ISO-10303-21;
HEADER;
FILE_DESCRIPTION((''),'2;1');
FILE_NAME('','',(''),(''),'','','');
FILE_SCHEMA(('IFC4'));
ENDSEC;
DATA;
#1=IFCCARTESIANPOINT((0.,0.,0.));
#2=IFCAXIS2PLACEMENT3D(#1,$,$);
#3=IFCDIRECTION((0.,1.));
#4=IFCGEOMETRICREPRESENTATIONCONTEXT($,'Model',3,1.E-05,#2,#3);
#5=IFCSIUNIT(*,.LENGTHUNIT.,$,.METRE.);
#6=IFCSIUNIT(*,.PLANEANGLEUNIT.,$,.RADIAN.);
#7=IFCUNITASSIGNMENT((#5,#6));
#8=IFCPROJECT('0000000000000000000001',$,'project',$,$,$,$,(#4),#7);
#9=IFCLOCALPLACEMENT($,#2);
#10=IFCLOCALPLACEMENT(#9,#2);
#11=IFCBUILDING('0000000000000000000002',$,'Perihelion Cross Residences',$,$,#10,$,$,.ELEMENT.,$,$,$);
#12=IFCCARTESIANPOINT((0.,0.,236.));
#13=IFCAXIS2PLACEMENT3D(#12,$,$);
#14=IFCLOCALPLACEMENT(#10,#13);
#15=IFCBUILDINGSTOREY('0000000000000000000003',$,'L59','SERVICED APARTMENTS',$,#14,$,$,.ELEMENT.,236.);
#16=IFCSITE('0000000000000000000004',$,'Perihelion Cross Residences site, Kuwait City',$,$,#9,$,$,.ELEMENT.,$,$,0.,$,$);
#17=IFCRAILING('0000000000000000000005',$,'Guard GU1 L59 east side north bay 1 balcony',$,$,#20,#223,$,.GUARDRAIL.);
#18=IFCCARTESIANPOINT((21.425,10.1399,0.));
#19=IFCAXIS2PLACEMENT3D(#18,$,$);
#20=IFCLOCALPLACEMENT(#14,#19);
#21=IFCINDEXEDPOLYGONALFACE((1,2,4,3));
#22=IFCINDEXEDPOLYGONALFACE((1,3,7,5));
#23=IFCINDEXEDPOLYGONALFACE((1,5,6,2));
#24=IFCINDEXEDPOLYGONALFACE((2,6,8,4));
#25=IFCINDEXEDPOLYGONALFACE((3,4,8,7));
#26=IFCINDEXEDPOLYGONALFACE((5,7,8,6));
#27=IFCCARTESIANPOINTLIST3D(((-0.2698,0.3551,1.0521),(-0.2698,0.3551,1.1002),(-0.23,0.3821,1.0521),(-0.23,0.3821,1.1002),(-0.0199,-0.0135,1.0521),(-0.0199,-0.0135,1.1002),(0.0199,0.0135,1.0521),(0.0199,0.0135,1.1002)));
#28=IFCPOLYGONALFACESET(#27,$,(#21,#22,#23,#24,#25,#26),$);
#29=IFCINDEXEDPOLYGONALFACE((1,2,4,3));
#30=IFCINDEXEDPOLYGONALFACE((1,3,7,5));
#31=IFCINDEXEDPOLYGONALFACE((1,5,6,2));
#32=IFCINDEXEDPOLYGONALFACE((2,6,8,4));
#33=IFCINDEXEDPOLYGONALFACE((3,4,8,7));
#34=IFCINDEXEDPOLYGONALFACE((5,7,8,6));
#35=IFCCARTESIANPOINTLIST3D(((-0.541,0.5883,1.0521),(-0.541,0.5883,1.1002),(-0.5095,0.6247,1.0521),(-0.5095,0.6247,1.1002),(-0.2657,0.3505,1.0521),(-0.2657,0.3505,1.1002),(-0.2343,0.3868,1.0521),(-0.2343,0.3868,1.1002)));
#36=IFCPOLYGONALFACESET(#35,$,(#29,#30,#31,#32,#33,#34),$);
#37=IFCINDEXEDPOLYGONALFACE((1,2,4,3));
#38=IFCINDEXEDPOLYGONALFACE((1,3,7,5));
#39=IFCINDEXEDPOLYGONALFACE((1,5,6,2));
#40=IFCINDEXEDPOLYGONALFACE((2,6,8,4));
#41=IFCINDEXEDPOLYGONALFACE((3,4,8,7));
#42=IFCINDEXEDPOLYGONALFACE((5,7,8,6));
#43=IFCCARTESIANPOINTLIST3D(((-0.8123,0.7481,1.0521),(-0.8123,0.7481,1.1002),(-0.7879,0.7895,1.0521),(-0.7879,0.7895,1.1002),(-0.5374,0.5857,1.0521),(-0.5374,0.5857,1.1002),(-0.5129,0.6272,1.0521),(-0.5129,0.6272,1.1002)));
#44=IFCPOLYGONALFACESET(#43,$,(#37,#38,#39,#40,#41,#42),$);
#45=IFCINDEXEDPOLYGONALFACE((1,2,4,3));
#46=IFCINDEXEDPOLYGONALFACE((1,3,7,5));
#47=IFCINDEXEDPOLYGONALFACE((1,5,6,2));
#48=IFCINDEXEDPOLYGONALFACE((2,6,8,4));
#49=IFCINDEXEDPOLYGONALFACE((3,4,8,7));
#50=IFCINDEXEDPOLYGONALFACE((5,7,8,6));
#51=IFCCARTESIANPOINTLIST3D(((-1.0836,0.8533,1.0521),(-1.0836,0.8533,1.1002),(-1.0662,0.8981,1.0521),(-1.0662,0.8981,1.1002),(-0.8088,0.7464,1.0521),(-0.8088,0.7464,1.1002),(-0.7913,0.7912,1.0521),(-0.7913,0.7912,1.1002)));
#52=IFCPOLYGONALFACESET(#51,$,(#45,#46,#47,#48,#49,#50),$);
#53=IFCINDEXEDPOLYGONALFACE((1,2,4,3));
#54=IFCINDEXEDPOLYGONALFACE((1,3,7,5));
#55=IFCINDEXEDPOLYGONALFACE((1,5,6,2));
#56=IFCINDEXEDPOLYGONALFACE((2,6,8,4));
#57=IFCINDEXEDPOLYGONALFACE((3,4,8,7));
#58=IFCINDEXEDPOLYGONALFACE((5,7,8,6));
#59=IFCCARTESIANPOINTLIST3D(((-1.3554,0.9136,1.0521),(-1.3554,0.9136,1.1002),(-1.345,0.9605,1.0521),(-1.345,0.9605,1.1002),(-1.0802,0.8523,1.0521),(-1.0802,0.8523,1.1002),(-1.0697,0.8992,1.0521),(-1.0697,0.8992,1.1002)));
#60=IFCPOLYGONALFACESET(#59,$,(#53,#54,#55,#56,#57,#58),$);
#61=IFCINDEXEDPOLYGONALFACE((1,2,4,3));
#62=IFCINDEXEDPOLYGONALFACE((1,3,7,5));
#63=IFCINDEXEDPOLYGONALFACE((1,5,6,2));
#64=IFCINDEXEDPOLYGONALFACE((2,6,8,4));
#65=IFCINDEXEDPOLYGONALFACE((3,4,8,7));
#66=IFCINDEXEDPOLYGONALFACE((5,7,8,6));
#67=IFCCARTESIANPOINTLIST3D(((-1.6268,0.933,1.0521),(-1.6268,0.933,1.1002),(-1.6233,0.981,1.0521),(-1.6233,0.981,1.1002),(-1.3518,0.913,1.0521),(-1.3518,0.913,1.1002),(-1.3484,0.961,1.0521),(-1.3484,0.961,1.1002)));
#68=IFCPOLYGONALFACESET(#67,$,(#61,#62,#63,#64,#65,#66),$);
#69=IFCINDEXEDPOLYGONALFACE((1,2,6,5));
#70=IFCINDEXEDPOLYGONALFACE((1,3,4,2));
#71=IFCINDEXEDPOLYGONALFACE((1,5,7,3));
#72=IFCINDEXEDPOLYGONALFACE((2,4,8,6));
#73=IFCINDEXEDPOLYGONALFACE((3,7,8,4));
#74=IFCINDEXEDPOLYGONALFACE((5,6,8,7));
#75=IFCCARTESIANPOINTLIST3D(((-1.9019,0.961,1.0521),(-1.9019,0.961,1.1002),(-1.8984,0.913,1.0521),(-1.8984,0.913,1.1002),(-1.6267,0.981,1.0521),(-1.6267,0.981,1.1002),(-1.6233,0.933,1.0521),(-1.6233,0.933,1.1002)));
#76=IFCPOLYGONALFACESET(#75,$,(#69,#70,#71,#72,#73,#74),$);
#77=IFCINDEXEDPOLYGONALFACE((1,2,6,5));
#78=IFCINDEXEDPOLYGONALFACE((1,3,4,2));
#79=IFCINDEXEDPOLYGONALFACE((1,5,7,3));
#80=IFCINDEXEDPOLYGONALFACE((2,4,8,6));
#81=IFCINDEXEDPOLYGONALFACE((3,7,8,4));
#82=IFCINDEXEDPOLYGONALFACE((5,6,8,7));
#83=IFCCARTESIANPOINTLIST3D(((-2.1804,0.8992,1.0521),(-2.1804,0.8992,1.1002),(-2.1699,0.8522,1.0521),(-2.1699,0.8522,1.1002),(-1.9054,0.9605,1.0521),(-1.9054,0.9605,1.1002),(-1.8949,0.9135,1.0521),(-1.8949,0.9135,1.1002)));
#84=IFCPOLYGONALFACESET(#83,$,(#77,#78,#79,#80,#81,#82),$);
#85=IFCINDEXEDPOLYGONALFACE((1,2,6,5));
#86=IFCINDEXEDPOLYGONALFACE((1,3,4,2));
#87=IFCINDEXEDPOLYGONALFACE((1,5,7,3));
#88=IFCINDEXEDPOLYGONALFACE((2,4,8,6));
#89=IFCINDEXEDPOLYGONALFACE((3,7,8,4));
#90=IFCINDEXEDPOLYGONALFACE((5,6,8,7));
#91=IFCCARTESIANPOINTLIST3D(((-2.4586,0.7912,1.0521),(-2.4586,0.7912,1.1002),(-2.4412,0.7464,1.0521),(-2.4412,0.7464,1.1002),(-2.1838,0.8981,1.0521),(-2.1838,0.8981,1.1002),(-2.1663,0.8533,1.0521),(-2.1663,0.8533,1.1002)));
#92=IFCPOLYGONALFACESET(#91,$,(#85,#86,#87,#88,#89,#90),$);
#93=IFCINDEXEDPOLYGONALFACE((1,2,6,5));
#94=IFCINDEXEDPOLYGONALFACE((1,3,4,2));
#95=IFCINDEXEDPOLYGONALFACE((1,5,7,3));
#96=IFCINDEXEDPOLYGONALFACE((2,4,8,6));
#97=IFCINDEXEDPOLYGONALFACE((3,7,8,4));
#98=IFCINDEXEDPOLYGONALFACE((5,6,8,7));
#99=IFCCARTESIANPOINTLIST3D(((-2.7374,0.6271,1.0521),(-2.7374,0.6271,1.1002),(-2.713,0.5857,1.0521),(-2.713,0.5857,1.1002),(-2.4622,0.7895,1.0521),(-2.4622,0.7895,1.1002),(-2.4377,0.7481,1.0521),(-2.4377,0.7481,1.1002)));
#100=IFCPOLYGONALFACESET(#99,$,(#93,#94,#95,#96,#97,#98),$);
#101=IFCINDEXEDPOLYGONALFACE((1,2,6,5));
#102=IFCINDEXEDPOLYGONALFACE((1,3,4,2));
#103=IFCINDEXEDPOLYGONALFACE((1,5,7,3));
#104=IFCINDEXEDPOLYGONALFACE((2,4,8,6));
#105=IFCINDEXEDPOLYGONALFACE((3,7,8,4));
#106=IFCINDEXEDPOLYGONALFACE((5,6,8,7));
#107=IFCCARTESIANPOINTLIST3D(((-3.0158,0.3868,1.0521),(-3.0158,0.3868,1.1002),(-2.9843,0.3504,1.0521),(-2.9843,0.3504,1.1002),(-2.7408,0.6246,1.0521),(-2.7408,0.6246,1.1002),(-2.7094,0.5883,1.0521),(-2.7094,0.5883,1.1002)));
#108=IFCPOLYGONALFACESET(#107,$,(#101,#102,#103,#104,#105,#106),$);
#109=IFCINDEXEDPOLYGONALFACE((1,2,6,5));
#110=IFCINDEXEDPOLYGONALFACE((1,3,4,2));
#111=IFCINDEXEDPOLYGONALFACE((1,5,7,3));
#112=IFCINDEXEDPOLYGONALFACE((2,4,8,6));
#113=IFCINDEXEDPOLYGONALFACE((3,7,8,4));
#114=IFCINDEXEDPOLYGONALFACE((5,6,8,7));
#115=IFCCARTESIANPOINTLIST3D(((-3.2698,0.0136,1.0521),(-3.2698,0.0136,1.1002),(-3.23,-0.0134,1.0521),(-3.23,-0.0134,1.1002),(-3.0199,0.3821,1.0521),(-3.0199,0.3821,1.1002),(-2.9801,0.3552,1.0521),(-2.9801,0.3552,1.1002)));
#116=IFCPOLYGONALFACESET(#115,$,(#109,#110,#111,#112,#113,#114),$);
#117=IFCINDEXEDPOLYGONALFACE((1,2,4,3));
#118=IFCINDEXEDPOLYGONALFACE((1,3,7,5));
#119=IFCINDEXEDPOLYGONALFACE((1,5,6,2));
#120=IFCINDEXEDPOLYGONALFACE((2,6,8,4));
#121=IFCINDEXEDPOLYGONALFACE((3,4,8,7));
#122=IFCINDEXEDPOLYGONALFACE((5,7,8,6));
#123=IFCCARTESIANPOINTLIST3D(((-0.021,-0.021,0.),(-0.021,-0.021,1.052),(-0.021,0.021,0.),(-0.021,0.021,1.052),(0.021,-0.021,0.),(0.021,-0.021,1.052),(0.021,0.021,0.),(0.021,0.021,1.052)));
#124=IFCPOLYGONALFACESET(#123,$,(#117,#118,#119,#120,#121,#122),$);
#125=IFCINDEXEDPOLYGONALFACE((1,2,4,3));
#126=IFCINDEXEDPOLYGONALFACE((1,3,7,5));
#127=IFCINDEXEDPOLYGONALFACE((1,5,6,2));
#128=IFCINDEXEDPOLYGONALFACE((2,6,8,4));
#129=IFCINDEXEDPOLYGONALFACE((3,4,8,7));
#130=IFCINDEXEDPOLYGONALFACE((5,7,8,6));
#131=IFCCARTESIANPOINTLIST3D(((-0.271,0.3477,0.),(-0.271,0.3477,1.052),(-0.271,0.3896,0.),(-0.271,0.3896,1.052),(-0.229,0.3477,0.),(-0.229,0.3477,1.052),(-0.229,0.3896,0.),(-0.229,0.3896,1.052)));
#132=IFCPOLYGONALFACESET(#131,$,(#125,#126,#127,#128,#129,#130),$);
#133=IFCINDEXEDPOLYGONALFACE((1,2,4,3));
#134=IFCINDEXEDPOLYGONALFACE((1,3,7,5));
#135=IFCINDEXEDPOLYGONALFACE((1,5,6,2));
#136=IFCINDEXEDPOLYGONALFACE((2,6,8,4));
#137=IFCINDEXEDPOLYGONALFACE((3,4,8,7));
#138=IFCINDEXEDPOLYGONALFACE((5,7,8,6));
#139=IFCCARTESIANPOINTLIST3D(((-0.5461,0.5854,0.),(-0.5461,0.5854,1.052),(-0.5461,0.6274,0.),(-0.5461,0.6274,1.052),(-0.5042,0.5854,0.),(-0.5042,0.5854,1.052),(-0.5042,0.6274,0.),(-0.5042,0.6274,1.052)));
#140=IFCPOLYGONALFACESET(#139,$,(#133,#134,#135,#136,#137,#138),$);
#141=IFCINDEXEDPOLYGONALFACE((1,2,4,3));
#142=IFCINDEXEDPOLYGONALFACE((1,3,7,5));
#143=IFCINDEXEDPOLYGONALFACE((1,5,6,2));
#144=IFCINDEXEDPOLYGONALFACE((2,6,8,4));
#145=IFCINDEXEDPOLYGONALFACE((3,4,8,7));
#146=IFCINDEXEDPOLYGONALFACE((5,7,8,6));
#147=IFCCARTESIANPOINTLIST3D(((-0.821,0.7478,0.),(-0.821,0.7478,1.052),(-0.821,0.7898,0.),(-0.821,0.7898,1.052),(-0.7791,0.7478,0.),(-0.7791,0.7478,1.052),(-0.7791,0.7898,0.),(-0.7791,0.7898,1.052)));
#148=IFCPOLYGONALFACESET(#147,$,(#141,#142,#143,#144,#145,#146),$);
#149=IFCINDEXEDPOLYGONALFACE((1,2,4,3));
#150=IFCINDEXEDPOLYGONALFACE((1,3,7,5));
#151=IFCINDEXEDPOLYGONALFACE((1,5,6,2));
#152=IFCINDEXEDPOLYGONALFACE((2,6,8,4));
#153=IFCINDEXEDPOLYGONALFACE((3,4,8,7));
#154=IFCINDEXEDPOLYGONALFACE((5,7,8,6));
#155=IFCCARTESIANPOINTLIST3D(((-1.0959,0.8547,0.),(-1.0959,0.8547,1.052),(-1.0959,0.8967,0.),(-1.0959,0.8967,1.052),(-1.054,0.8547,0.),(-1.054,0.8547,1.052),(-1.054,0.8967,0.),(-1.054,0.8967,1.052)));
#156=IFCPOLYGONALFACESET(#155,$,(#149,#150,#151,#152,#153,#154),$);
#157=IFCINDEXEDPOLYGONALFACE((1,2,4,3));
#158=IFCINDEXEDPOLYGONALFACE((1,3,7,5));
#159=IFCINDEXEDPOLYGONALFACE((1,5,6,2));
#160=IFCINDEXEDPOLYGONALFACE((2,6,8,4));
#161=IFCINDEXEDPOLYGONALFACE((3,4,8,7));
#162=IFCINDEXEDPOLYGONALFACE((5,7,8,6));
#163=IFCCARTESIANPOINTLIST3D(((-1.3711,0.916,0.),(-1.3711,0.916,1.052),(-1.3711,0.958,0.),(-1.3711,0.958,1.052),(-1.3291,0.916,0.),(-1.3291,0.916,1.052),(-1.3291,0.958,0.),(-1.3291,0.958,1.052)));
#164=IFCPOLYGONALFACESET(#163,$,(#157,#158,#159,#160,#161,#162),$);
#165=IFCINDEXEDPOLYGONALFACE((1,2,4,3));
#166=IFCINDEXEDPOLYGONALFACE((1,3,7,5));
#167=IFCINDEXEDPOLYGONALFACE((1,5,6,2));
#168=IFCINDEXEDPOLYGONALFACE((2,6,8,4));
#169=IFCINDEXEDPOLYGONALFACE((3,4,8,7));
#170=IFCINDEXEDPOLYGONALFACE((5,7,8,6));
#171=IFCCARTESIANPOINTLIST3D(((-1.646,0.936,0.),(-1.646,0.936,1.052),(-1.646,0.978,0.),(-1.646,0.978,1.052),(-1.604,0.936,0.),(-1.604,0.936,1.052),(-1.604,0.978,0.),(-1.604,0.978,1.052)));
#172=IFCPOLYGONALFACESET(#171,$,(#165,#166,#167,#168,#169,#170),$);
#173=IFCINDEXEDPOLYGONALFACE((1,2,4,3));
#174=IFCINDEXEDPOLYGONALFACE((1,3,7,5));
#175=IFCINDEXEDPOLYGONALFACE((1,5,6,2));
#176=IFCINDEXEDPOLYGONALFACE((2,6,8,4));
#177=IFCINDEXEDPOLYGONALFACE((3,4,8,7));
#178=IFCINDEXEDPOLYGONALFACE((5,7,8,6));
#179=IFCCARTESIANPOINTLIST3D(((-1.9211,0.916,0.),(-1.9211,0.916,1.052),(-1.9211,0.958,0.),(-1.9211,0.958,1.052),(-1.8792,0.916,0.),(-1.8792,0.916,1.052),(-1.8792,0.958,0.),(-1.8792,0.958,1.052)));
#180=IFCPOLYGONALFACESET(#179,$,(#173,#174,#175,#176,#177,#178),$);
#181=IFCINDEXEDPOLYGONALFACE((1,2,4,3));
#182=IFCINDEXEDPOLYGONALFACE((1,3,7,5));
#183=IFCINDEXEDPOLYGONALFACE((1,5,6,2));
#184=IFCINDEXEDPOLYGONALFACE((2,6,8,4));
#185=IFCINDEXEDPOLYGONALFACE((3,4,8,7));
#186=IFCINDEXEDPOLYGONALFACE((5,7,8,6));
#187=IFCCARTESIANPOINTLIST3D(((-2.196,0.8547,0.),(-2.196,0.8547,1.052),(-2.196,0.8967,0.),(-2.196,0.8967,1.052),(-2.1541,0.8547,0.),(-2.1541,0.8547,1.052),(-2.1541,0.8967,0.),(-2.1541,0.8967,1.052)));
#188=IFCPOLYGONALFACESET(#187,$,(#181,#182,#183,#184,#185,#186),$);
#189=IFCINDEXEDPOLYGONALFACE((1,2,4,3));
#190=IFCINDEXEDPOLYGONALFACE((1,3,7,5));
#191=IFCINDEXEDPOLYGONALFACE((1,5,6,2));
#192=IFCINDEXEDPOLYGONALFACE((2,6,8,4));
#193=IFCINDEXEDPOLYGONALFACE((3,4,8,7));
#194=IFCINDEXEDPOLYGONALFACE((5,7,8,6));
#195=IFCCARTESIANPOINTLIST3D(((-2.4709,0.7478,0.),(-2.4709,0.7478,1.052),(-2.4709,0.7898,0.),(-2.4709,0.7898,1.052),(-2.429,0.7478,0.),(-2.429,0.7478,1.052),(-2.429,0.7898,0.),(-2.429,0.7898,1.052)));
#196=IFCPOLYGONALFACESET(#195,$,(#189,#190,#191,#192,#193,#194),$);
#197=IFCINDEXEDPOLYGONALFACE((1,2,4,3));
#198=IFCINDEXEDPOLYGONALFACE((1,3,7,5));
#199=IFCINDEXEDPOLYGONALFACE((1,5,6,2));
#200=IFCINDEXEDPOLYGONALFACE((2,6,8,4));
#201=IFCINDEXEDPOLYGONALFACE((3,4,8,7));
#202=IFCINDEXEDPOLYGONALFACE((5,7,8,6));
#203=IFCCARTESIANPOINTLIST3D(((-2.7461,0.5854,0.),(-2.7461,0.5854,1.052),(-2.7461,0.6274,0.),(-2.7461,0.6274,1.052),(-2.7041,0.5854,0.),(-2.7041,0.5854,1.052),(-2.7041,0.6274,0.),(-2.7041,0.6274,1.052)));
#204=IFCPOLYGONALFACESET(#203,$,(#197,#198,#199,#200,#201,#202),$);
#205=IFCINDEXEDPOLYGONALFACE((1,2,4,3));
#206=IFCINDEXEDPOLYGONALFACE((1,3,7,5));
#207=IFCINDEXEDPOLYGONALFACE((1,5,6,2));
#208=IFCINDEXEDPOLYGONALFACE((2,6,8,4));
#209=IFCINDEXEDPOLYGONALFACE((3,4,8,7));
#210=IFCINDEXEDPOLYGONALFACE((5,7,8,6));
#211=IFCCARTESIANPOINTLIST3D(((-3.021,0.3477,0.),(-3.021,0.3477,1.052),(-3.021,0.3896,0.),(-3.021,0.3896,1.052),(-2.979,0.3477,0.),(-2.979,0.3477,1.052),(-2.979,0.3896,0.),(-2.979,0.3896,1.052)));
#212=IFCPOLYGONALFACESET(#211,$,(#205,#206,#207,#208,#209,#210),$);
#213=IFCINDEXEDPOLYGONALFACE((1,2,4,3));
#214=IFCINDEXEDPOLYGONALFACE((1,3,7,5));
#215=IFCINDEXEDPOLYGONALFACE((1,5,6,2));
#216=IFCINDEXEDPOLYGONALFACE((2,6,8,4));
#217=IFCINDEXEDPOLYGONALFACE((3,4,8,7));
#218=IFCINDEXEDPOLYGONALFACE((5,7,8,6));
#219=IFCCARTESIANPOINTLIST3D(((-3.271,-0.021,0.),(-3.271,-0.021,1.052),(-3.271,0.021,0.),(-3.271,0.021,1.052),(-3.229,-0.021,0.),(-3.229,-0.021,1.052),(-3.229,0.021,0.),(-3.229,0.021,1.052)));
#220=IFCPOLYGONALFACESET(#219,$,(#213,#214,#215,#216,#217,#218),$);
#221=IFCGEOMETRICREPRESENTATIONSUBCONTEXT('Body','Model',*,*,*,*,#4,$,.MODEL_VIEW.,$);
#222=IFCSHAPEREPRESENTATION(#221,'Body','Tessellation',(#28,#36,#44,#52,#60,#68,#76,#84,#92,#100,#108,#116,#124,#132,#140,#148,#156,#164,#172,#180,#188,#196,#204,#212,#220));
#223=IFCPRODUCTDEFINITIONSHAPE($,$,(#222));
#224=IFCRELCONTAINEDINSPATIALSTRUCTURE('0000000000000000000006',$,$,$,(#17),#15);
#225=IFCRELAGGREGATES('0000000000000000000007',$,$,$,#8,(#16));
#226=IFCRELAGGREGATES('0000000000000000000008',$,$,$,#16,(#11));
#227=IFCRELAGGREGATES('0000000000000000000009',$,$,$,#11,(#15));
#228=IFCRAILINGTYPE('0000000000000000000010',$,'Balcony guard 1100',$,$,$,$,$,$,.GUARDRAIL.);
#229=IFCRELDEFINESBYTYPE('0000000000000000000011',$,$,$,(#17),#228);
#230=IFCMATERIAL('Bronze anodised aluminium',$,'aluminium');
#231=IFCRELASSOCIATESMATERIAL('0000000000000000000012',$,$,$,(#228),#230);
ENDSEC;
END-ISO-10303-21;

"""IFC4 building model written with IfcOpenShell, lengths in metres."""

from ifc_helpers import new_model, si_unit, direction, frame, origin, origin_2d, place, context, subcontext, project, spatial, rectangle, extrude, material, type_object, element, save


model = new_model("IFC4")

# Units and contexts
model_context = context("Model", 3, precision=1e-05, world=origin(), true_north=direction((0.0, 1.0)))
body_context = subcontext(model_context, "Body", "Model", "MODEL_VIEW")
ifc_project = project(units=[si_unit("LENGTHUNIT", "METRE"), si_unit("PLANEANGLEUNIT", "RADIAN")], contexts=[model_context])

# Site, building, storey
site_placement = place(None, origin())
site = spatial("IfcSite", under=ifc_project, at=site_placement, Name="Perihelion Cross Residences site, Kuwait City", CompositionType="ELEMENT", RefElevation=0.0)
building_placement = place(site_placement, origin())
building = spatial("IfcBuilding", under=site, at=building_placement, Name="Perihelion Cross Residences", CompositionType="ELEMENT")
storey_placement = place(building_placement, frame((0.0, 0.0, 236.0)))
storey = spatial("IfcBuildingStorey", under=building, at=storey_placement, Name="L59", Description="SERVICED APARTMENTS", CompositionType="ELEMENT", Elevation=236.0)

# Railing
ifc_material_1 = material(Name="Bronze anodised aluminium", Category="aluminium")
railing_type_1 = type_object("IfcRailingType", Name="Balcony guard 1100", PredefinedType="GUARDRAIL", material=ifc_material_1)
railing_1_placement = place(storey_placement, frame((21.425, 10.1399, 0.0)))
element("IfcRailing", 1, at=railing_1_placement, inside=storey, type_object=railing_type_1, Name="Guard GU1 L59 east side north bay 1 balcony", PredefinedType="GUARDRAIL", context=body_context, shape_type="SweptSolid", body=[
    extrude(rectangle(XDim=0.0481, YDim=0.0481, at=origin_2d()), frame((0.0, 0.0, 1.0762), z_axis=(-0.56126, 0.827639, 0.0), x_axis=(-0.827639, -0.56126, 0.0)), (0.0, 0.0, 1.0), 0.4453),
    extrude(rectangle(XDim=0.0481, YDim=0.0481, at=origin_2d()), frame((-0.25, 0.3687, 1.0762), z_axis=(-0.756597, 0.653882, 0.0), x_axis=(-0.653882, -0.756597, 0.0)), (0.0, 0.0, 1.0), 0.3638),
    extrude(rectangle(XDim=0.0481, YDim=0.0481, at=origin_2d()), frame((-0.5251, 0.6064, 1.0762), z_axis=(-0.861048, 0.508523, 0.0), x_axis=(-0.508523, -0.861048, 0.0)), (0.0, 0.0, 1.0), 0.3193),
    extrude(rectangle(XDim=0.0481, YDim=0.0481, at=origin_2d()), frame((-0.8, 0.7688, 1.0762), z_axis=(-0.931974, 0.362526, 0.0), x_axis=(-0.362526, -0.931974, 0.0)), (0.0, 0.0, 1.0), 0.2949),
    extrude(rectangle(XDim=0.0481, YDim=0.0481, at=origin_2d()), frame((-1.075, 0.8757, 1.0762), z_axis=(-0.976085, 0.217389, 0.0), x_axis=(-0.217389, -0.976085, 0.0)), (0.0, 0.0, 1.0), 0.282),
    extrude(rectangle(XDim=0.0481, YDim=0.0481, at=origin_2d()), frame((-1.3501, 0.937, 1.0762), z_axis=(-0.997359, 0.072632, 0.0), x_axis=(-0.072632, -0.997359, 0.0)), (0.0, 0.0, 1.0), 0.2756),
    extrude(rectangle(XDim=0.0481, YDim=0.0481, at=origin_2d()), frame((-1.625, 0.957, 1.0762), z_axis=(-0.997363, -0.072568, 0.0), x_axis=(0.072568, -0.997363, 0.0)), (0.0, 0.0, 1.0), 0.2759),
    extrude(rectangle(XDim=0.0481, YDim=0.0481, at=origin_2d()), frame((-1.9001, 0.937, 1.0762), z_axis=(-0.976044, -0.217573, 0.0), x_axis=(0.217573, -0.976044, 0.0)), (0.0, 0.0, 1.0), 0.2817),
    extrude(rectangle(XDim=0.0481, YDim=0.0481, at=origin_2d()), frame((-2.175, 0.8757, 1.0762), z_axis=(-0.931974, -0.362526, 0.0), x_axis=(0.362526, -0.931974, 0.0)), (0.0, 0.0, 1.0), 0.2949),
    extrude(rectangle(XDim=0.0481, YDim=0.0481, at=origin_2d()), frame((-2.45, 0.7688, 1.0762), z_axis=(-0.861246, -0.508189, 0.0), x_axis=(0.508189, -0.861246, 0.0)), (0.0, 0.0, 1.0), 0.3196),
    extrude(rectangle(XDim=0.0481, YDim=0.0481, at=origin_2d()), frame((-2.7251, 0.6064, 1.0762), z_axis=(-0.756309, -0.654214, 0.0), x_axis=(0.654214, -0.756309, 0.0)), (0.0, 0.0, 1.0), 0.3635),
    extrude(rectangle(XDim=0.0481, YDim=0.0481, at=origin_2d()), frame((-3.0, 0.3687, 1.0762), z_axis=(-0.56126, -0.827639, 0.0), x_axis=(0.827639, -0.56126, 0.0)), (0.0, 0.0, 1.0), 0.4453),
    extrude(rectangle(XDim=0.042, YDim=0.042, at=origin_2d()), origin(), (0.0, 0.0, 1.0), 1.052),
    extrude(rectangle(XDim=0.042, YDim=0.042, at=origin_2d()), frame((-0.25, 0.3687, 0.0)), (0.0, 0.0, 1.0), 1.052),
    extrude(rectangle(XDim=0.042, YDim=0.042, at=origin_2d()), frame((-0.5251, 0.6064, 0.0)), (0.0, 0.0, 1.0), 1.052),
    extrude(rectangle(XDim=0.042, YDim=0.042, at=origin_2d()), frame((-0.8, 0.7688, 0.0)), (0.0, 0.0, 1.0), 1.052),
    extrude(rectangle(XDim=0.042, YDim=0.042, at=origin_2d()), frame((-1.075, 0.8757, 0.0)), (0.0, 0.0, 1.0), 1.052),
    extrude(rectangle(XDim=0.042, YDim=0.042, at=origin_2d()), frame((-1.3501, 0.937, 0.0)), (0.0, 0.0, 1.0), 1.052),
    extrude(rectangle(XDim=0.042, YDim=0.042, at=origin_2d()), frame((-1.625, 0.957, 0.0)), (0.0, 0.0, 1.0), 1.052),
    extrude(rectangle(XDim=0.042, YDim=0.042, at=origin_2d()), frame((-1.9001, 0.937, 0.0)), (0.0, 0.0, 1.0), 1.052),
    extrude(rectangle(XDim=0.042, YDim=0.042, at=origin_2d()), frame((-2.175, 0.8757, 0.0)), (0.0, 0.0, 1.0), 1.052),
    extrude(rectangle(XDim=0.042, YDim=0.042, at=origin_2d()), frame((-2.45, 0.7688, 0.0)), (0.0, 0.0, 1.0), 1.052),
    extrude(rectangle(XDim=0.042, YDim=0.042, at=origin_2d()), frame((-2.7251, 0.6064, 0.0)), (0.0, 0.0, 1.0), 1.052),
    extrude(rectangle(XDim=0.042, YDim=0.042, at=origin_2d()), frame((-3.0, 0.3687, 0.0)), (0.0, 0.0, 1.0), 1.052),
    extrude(rectangle(XDim=0.042, YDim=0.042, at=origin_2d()), frame((-3.25, 0.0, 0.0)), (0.0, 0.0, 1.0), 1.052),
])

save(model, "model.ifc")
